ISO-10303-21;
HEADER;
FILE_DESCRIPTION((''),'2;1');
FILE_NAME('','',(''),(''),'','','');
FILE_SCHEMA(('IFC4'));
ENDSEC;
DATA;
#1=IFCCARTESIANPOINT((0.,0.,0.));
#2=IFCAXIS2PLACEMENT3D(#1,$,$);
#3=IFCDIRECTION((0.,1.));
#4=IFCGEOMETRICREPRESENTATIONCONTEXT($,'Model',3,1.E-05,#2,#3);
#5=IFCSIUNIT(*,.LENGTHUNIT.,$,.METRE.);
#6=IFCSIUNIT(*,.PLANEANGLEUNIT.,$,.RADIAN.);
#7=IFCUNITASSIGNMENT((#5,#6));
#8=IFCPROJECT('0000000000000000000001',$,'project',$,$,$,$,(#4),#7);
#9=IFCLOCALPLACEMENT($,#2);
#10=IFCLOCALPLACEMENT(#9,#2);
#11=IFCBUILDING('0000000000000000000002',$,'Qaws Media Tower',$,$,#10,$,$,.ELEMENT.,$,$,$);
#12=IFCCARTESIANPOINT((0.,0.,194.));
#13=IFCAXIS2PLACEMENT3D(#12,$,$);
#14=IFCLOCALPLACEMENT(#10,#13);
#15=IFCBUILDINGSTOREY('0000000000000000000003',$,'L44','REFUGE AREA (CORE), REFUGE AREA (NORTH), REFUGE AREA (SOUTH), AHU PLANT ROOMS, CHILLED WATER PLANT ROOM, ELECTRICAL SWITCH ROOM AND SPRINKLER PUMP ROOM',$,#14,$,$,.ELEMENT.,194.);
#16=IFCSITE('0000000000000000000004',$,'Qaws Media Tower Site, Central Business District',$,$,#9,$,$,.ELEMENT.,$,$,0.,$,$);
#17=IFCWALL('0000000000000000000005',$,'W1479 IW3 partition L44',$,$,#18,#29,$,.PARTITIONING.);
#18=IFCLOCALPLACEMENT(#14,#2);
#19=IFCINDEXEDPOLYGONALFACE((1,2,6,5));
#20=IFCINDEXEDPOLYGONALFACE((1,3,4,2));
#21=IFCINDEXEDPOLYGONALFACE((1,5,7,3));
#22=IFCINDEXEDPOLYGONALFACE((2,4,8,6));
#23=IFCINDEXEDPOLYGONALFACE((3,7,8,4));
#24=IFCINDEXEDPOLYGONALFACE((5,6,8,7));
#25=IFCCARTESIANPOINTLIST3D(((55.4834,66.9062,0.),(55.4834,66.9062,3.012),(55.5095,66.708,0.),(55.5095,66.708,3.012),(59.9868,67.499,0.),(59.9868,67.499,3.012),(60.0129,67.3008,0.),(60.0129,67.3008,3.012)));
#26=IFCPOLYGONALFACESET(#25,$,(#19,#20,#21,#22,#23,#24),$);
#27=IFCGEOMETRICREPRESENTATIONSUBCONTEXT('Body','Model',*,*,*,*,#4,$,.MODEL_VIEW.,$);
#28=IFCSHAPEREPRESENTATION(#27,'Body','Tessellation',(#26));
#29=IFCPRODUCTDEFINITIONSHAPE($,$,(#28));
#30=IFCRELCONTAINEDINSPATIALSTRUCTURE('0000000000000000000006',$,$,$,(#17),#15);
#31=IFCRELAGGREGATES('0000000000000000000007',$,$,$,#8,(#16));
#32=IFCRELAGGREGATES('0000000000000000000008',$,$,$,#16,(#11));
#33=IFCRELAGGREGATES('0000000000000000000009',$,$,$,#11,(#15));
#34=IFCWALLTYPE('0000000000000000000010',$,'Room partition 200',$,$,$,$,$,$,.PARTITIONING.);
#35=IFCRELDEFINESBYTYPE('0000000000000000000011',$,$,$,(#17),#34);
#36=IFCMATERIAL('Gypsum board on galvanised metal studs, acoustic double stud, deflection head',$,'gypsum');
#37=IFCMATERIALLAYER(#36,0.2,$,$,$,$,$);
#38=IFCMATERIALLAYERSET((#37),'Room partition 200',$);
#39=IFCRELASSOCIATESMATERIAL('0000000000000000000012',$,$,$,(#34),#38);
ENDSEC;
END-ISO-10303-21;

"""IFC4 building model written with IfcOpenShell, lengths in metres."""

from ifc_helpers import new_model, si_unit, direction, frame, frame_2d, origin, place, context, subcontext, project, spatial, rectangle, extrude, material, layer, layer_set, type_object, element, save


model = new_model("IFC4")

# Units and contexts
model_context = context("Model", 3, precision=1e-05, world=origin(), true_north=direction((0.0, 1.0)))
body_context = subcontext(model_context, "Body", "Model", "MODEL_VIEW")
ifc_project = project(units=[si_unit("LENGTHUNIT", "METRE"), si_unit("PLANEANGLEUNIT", "RADIAN")], contexts=[model_context])

# Site, building, storey
site_placement = place(None, origin())
site = spatial("IfcSite", under=ifc_project, at=site_placement, Name="Qaws Media Tower Site, Central Business District", CompositionType="ELEMENT", RefElevation=0.0)
building_placement = place(site_placement, origin())
building = spatial("IfcBuilding", under=site, at=building_placement, Name="Qaws Media Tower", CompositionType="ELEMENT")
storey_placement = place(building_placement, frame((0.0, 0.0, 194.0)))
storey = spatial("IfcBuildingStorey", under=building, at=storey_placement, Name="L44", Description="REFUGE AREA (CORE), REFUGE AREA (NORTH), REFUGE AREA (SOUTH), AHU PLANT ROOMS, CHILLED WATER PLANT ROOM, ELECTRICAL SWITCH ROOM AND SPRINKLER PUMP ROOM", CompositionType="ELEMENT", Elevation=194.0)

# Shared definitions
ifc_material_1 = material(Name="Gypsum board on galvanised metal studs, acoustic double stud, deflection head", Category="gypsum")
ifc_layer_1 = layer(ifc_material_1, 0.2)
ifc_layer_set_1 = layer_set([ifc_layer_1], Name="Room partition 200")
wall_type_1 = type_object("IfcWallType", Name="Room partition 200", PredefinedType="PARTITIONING", material=ifc_layer_set_1)

# Wall
wall_1_placement = place(storey_placement, frame((55.4966, 66.8071, 0.0), z_axis=(0.0, 0.0, 1.0), x_axis=(0.991448, 0.130502, 0.0)))
element("IfcWall", 1, at=wall_1_placement, inside=storey, type_object=wall_type_1, Name="W1479 IW3 partition L44", PredefinedType="PARTITIONING", context=body_context, shape_type="SweptSolid", body=[
    extrude(rectangle(XDim=4.5422, YDim=0.2, at=frame_2d((2.271, 0.0))), origin(), (0.0, 0.0, 1.0), 3.012),
])

save(model, "model.ifc")
